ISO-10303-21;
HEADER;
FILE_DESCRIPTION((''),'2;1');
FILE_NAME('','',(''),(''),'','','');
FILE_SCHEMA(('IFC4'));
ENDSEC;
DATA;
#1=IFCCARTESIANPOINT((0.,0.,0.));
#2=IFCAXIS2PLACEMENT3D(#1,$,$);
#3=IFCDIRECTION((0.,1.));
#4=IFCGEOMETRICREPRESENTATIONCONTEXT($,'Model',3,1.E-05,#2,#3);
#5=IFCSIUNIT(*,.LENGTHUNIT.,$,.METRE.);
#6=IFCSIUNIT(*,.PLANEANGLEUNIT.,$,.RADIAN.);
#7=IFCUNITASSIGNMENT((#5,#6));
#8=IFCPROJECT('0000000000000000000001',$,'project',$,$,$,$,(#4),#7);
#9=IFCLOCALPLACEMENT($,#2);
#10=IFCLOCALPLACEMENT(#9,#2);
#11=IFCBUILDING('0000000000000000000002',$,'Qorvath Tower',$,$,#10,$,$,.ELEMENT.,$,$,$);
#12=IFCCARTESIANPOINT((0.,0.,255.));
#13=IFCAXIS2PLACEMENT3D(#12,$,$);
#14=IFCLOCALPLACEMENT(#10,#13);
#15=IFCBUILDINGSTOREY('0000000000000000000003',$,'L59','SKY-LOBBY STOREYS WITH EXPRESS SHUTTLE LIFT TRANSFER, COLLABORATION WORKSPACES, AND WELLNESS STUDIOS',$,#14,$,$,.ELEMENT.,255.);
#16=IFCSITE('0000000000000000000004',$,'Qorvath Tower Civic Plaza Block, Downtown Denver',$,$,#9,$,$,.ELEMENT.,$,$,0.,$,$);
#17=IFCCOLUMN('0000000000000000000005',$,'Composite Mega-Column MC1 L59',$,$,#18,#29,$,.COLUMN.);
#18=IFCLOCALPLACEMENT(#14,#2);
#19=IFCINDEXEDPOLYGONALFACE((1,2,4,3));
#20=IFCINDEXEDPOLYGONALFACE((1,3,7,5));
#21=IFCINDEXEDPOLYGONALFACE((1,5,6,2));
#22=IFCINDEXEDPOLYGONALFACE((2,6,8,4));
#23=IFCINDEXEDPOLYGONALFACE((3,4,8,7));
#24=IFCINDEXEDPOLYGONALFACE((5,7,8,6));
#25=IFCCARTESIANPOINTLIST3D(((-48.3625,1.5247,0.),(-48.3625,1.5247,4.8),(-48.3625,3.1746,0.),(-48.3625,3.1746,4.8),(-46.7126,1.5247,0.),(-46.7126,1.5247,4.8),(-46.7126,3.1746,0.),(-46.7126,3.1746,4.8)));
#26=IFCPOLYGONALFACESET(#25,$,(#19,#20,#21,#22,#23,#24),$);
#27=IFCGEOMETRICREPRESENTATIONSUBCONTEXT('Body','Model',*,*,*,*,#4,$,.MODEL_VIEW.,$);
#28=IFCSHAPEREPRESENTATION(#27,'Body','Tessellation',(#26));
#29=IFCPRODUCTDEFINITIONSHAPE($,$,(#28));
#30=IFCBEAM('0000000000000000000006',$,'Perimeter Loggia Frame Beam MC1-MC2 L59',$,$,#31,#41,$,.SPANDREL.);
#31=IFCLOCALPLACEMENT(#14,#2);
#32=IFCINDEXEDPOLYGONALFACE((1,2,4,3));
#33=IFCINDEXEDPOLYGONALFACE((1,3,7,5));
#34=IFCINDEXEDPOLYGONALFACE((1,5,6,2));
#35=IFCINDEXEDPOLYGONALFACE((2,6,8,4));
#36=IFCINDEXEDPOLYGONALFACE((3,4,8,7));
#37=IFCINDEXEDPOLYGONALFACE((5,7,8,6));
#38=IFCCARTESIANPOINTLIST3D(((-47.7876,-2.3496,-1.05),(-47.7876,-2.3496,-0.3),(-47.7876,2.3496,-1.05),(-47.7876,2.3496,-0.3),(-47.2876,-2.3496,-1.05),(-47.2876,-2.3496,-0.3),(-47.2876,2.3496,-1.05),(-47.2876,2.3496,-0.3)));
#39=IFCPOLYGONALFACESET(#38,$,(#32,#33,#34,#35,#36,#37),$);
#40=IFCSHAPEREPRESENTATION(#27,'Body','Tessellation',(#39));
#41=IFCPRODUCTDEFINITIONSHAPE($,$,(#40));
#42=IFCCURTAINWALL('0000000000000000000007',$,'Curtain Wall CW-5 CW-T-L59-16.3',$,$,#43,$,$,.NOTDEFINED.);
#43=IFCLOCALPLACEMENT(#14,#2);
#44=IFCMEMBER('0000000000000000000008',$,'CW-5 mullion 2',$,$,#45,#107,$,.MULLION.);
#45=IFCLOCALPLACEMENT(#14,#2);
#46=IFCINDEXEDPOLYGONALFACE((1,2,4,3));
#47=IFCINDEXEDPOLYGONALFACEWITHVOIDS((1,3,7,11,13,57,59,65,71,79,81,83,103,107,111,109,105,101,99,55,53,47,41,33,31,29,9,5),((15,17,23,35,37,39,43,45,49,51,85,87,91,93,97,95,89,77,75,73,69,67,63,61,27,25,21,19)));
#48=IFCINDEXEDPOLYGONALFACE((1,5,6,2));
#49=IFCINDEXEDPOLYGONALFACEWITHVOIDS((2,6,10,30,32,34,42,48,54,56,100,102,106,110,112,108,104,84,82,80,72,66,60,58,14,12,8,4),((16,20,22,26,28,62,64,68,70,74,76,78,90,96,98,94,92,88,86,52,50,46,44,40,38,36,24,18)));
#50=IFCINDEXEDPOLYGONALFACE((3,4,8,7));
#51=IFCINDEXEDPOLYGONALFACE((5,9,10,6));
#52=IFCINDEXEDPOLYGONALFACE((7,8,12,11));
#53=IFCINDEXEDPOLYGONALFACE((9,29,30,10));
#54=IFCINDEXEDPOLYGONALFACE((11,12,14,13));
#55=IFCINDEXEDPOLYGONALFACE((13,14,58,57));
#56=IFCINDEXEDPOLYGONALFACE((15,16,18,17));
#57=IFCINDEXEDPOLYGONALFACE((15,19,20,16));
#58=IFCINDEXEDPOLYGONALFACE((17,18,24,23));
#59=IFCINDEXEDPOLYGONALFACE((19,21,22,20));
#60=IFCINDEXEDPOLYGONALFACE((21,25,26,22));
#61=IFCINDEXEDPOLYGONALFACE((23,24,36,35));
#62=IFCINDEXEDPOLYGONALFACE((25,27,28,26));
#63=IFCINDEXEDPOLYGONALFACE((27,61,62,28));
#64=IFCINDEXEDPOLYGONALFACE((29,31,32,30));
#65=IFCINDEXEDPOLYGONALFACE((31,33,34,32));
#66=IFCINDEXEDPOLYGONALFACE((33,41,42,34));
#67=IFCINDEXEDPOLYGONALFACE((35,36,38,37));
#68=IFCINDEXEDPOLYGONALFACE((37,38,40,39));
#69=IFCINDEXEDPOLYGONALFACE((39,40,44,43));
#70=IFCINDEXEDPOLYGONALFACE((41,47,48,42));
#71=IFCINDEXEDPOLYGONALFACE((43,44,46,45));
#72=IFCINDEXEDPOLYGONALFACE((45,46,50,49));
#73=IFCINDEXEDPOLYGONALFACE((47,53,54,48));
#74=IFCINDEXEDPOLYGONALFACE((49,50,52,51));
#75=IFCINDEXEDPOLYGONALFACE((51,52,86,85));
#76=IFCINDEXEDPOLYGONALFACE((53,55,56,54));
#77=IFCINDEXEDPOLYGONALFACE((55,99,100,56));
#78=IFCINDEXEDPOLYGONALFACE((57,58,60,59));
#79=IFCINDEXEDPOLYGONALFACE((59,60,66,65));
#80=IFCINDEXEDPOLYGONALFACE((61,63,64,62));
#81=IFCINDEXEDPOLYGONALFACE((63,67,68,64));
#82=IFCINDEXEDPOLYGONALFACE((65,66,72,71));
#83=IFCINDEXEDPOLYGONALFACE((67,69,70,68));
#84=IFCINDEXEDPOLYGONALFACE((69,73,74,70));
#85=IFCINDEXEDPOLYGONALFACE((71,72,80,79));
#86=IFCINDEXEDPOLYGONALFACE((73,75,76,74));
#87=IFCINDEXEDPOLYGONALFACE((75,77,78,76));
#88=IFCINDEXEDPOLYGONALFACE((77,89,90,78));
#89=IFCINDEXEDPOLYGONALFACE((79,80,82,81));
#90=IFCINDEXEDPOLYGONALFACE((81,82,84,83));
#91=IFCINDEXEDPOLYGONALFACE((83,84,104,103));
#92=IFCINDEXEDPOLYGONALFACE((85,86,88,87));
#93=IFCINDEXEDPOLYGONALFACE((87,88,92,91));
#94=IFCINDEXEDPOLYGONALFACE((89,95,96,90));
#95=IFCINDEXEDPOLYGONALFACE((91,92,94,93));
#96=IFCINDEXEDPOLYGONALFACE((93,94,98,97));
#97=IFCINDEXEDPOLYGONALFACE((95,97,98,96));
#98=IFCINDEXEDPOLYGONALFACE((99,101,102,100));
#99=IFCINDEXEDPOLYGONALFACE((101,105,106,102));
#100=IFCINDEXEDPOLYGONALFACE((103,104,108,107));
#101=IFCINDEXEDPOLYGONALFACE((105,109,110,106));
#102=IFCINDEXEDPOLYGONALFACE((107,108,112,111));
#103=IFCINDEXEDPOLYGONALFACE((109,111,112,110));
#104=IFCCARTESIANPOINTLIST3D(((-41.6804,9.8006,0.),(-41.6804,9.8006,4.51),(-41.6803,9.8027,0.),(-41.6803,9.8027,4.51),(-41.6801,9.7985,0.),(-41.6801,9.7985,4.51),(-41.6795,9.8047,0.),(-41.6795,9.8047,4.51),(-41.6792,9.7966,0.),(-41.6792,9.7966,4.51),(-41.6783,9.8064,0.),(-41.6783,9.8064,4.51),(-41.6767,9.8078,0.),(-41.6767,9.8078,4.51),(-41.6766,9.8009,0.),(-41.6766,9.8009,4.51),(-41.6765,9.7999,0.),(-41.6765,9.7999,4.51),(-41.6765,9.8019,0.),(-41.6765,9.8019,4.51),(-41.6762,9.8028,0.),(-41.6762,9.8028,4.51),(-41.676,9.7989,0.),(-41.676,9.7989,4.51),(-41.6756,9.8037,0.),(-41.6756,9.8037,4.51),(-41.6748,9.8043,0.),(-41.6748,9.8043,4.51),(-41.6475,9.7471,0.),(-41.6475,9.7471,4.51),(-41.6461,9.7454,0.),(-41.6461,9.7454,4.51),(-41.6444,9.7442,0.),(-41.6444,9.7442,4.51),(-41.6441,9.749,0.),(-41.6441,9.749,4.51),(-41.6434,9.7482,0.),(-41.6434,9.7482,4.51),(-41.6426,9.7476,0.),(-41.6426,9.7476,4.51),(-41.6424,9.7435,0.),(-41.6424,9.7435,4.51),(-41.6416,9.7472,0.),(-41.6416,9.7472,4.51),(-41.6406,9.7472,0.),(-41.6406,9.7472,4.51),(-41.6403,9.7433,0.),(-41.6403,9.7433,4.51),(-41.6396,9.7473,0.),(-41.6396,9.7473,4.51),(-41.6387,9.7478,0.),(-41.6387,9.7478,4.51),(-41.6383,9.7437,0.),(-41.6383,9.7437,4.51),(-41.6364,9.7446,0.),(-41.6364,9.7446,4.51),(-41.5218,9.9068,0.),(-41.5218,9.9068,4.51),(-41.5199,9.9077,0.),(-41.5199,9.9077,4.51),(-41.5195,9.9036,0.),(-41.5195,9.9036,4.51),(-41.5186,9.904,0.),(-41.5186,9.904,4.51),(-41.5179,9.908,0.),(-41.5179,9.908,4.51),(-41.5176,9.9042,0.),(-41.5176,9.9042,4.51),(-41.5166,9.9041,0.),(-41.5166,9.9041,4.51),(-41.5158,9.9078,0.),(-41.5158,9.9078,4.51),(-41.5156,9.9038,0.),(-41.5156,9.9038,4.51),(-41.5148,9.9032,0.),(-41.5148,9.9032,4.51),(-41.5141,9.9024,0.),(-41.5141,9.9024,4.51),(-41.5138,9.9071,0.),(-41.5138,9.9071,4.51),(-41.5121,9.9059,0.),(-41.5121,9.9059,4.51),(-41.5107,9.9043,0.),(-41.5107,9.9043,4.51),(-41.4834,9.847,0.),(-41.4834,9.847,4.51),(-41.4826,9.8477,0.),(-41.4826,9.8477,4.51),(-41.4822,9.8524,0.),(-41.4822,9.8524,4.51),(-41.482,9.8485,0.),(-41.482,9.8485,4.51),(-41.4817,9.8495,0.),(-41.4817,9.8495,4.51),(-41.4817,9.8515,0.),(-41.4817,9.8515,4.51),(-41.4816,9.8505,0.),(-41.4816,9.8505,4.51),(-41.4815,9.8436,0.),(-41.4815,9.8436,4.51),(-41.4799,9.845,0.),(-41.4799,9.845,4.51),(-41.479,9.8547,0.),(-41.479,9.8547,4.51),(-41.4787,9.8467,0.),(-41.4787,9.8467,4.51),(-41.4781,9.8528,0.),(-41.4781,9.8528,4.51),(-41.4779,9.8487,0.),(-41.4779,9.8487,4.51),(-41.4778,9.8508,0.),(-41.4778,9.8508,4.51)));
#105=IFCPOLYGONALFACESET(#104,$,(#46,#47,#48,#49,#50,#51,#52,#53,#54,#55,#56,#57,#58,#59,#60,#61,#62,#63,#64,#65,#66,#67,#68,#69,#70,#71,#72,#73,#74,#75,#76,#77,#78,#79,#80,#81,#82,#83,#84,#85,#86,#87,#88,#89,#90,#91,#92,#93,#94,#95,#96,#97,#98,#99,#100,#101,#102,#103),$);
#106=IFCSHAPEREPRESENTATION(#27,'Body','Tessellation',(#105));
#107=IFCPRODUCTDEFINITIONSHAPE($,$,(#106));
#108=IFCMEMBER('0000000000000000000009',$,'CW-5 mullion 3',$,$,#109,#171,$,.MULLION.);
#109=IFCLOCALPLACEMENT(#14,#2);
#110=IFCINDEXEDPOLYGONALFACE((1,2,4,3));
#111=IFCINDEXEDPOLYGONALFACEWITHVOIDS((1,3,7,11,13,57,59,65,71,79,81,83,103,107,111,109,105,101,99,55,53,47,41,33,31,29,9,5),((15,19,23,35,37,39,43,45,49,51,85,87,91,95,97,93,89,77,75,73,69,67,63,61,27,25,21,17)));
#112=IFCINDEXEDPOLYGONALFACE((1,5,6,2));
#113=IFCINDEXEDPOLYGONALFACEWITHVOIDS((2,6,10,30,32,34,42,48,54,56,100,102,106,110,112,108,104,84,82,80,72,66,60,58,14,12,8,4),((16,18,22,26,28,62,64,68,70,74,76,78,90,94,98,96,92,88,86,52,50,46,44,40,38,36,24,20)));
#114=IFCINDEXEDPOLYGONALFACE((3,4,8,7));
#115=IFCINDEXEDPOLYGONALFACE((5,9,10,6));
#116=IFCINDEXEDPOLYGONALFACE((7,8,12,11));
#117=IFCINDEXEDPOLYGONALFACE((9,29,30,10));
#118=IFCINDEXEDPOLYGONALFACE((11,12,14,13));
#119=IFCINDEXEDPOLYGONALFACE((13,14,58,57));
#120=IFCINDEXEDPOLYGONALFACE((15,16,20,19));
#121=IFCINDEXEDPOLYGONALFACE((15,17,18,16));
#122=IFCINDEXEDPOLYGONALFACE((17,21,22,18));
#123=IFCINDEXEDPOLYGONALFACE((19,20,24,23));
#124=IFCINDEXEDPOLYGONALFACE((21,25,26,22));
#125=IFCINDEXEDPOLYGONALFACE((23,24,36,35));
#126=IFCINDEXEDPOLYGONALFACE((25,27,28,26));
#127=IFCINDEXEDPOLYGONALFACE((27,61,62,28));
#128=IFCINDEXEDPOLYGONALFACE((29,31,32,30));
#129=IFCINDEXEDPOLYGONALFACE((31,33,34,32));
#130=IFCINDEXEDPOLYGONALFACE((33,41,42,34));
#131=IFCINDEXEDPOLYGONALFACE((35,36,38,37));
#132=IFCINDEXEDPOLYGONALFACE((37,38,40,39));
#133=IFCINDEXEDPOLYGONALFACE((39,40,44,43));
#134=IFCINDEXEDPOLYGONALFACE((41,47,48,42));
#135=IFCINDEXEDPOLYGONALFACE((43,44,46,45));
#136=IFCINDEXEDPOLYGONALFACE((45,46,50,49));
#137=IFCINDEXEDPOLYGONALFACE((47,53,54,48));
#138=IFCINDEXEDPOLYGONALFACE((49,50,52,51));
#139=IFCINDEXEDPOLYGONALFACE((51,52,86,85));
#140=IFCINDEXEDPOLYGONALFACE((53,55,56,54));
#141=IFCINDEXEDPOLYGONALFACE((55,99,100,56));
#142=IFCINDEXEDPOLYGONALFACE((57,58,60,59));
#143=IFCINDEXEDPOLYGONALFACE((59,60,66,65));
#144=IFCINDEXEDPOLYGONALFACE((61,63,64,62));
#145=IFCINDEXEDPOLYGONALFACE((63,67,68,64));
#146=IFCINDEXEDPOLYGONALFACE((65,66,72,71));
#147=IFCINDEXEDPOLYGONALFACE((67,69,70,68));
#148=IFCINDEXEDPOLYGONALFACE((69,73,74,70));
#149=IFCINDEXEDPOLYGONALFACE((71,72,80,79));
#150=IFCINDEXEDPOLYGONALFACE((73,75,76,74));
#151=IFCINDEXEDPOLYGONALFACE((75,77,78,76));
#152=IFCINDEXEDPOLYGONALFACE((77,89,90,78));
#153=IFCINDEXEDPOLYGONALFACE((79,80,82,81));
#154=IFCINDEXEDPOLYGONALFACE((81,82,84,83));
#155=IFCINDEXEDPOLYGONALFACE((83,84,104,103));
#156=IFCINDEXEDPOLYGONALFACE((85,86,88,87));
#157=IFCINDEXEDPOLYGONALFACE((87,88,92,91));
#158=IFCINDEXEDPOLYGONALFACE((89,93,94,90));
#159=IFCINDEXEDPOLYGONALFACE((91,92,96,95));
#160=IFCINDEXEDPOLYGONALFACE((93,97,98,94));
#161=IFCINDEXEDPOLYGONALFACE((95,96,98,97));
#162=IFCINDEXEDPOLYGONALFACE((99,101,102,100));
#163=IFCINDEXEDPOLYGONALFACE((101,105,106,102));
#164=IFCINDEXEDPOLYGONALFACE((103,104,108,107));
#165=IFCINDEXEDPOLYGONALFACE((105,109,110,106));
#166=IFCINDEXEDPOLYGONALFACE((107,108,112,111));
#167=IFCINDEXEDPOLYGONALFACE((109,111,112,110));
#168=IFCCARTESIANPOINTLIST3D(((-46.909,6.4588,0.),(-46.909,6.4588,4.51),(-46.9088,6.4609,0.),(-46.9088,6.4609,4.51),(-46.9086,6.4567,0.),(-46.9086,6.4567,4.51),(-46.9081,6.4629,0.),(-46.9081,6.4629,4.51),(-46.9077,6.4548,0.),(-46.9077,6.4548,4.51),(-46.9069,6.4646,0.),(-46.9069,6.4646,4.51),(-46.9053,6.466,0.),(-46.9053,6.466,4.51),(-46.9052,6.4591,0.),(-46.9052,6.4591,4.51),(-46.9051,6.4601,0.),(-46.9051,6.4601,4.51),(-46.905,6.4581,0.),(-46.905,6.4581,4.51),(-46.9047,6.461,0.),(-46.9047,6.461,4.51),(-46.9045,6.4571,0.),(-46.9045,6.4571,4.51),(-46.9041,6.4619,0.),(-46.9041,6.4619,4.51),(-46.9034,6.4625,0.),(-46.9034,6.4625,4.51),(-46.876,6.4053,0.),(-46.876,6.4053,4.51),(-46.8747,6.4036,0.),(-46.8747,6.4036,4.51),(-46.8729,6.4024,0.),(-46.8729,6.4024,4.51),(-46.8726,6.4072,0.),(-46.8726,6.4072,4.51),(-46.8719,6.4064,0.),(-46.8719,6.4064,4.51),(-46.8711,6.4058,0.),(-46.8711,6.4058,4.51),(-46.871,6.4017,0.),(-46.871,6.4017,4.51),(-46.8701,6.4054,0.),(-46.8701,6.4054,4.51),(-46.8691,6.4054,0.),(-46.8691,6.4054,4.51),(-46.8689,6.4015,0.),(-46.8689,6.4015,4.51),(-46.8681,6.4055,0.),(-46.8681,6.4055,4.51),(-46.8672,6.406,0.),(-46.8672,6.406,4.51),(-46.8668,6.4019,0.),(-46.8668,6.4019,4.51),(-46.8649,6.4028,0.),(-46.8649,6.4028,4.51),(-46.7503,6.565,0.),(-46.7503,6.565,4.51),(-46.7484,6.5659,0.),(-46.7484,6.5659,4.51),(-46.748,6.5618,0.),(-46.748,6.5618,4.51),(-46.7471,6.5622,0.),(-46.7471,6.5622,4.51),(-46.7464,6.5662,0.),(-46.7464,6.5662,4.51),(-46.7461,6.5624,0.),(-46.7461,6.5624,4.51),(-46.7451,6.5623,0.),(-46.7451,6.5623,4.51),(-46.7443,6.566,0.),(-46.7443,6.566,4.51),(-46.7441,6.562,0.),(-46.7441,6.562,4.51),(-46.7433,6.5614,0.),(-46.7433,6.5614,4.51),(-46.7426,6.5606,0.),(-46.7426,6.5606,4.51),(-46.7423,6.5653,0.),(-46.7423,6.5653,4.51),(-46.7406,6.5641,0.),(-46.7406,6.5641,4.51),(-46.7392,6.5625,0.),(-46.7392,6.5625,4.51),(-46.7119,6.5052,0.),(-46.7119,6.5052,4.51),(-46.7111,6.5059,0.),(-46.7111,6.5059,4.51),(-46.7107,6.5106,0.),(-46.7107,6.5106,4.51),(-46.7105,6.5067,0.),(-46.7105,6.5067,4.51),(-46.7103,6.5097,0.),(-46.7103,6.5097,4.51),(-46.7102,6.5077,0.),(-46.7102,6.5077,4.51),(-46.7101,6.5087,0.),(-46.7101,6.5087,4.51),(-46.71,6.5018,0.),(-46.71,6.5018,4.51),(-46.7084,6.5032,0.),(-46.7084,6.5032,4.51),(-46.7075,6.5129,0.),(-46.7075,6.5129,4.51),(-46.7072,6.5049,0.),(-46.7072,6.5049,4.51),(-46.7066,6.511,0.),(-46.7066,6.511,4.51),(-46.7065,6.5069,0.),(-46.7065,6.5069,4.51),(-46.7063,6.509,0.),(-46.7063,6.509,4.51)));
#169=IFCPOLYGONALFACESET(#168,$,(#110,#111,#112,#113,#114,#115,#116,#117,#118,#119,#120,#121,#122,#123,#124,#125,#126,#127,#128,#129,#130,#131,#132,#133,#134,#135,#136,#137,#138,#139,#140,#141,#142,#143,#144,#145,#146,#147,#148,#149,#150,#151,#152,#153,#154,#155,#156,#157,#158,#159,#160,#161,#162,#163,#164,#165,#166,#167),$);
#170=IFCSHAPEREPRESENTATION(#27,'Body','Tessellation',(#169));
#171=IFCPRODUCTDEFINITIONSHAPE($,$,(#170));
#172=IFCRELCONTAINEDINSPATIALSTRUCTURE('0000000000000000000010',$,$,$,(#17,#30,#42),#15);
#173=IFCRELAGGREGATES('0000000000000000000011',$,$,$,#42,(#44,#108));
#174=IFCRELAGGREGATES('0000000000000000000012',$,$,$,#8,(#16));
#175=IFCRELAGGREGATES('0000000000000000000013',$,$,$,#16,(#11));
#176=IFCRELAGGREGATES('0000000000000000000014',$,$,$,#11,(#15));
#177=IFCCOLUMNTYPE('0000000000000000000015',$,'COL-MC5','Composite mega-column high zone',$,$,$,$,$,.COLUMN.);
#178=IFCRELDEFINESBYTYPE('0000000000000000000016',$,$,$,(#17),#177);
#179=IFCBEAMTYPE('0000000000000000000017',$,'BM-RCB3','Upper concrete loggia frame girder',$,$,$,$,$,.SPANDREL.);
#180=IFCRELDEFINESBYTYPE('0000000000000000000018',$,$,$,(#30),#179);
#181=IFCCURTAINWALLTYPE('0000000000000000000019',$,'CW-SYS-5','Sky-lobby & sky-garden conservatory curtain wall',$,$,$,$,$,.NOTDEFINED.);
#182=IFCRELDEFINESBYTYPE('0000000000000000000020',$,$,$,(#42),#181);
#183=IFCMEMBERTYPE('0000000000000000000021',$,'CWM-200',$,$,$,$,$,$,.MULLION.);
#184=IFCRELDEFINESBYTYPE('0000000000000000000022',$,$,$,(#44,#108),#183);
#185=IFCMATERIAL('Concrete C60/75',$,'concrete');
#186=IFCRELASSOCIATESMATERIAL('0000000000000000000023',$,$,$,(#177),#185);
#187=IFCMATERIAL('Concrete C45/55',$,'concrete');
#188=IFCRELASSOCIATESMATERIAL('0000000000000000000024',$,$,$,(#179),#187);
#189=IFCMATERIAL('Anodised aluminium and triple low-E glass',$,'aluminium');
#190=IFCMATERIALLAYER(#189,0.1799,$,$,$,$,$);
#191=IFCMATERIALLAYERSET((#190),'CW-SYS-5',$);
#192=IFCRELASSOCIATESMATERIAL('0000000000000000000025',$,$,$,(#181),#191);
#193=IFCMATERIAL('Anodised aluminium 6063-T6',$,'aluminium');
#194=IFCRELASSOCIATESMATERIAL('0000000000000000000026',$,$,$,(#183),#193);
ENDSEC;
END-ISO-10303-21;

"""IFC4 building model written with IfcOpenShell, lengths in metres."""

from ifc_helpers import new_model, si_unit, direction, frame, origin, origin_2d, place, context, subcontext, project, spatial, rectangle, hollow_rectangle, extrude, material, layer, layer_set, material_profile, profile_set, type_object, element, aggregate, save


model = new_model("IFC4")

# Units and contexts
model_context = context("Model", 3, precision=1e-05, world=origin(), true_north=direction((0.0, 1.0)))
body_context = subcontext(model_context, "Body", "Model", "MODEL_VIEW")
ifc_project = project(units=[si_unit("LENGTHUNIT", "METRE"), si_unit("PLANEANGLEUNIT", "RADIAN")], contexts=[model_context])

# Site, building, storey
site_placement = place(None, origin())
site = spatial("IfcSite", under=ifc_project, at=site_placement, Name="Qorvath Tower Civic Plaza Block, Downtown Denver", CompositionType="ELEMENT", RefElevation=0.0)
building_placement = place(site_placement, origin())
building = spatial("IfcBuilding", under=site, at=building_placement, Name="Qorvath Tower", CompositionType="ELEMENT")
storey_placement = place(building_placement, frame((0.0, 0.0, 255.0)))
storey = spatial("IfcBuildingStorey", under=building, at=storey_placement, Name="L59", Description="SKY-LOBBY STOREYS WITH EXPRESS SHUTTLE LIFT TRANSFER, COLLABORATION WORKSPACES, AND WELLNESS STUDIOS", CompositionType="ELEMENT", Elevation=255.0)

# Column
ifc_material_1 = material(Name="Concrete C60/75", Category="concrete")
ifc_material_profile_1 = material_profile(ifc_material_1, rectangle(XDim=1.6499, YDim=1.6499, at=origin_2d()), Name="MC 1650x1650")
ifc_profile_set_1 = profile_set([ifc_material_profile_1], Name="Concrete C60/75")
column_type = type_object("IfcColumnType", Name="COL-MC5", Description="Composite mega-column high zone", PredefinedType="COLUMN", material=ifc_profile_set_1)
column_placement = place(storey_placement, frame((-47.5376, 2.3496, 0.0), z_axis=(0.0, 0.0, 1.0), x_axis=(1.0, 0.0, 0.0)))
element("IfcColumn", 1, at=column_placement, inside=storey, type_object=column_type, Name="Composite Mega-Column MC1 L59", PredefinedType="COLUMN", context=body_context, shape_type="SweptSolid", body=[
    extrude(rectangle(XDim=1.6499, YDim=1.6499, at=origin_2d()), origin(), (0.0, 0.0, 1.0), 4.8),
])

# Beam
ifc_material_2 = material(Name="Concrete C45/55", Category="concrete")
ifc_material_profile_2 = material_profile(ifc_material_2, rectangle(XDim=0.5, YDim=0.75, at=origin_2d()), Name="RCB 750x500")
ifc_profile_set_2 = profile_set([ifc_material_profile_2], Name="Concrete C45/55")
beam_type = type_object("IfcBeamType", Name="BM-RCB3", Description="Upper concrete loggia frame girder", PredefinedType="SPANDREL", material=ifc_profile_set_2)
beam_placement = place(storey_placement, frame((-47.5376, 2.3496, -0.675), z_axis=(0.0, -1.0, 0.0), x_axis=(1.0, 0.0, 0.0)))
element("IfcBeam", 2, at=beam_placement, inside=storey, type_object=beam_type, Name="Perimeter Loggia Frame Beam MC1-MC2 L59", PredefinedType="SPANDREL", context=body_context, shape_type="SweptSolid", body=[
    extrude(rectangle(XDim=0.5, YDim=0.75, at=origin_2d()), origin(), (0.0, 0.0, 1.0), 4.6992),
])

# Curtain wall, members
ifc_material_3 = material(Name="Anodised aluminium and triple low-E glass", Category="aluminium")
ifc_layer_1 = layer(ifc_material_3, 0.1799)
ifc_layer_set_1 = layer_set([ifc_layer_1], Name="CW-SYS-5")
curtain_wall_type = type_object("IfcCurtainWallType", Name="CW-SYS-5", Description="Sky-lobby & sky-garden conservatory curtain wall", PredefinedType="NOTDEFINED", material=ifc_layer_set_1)
curtain_wall_placement = place(storey_placement, origin())
curtain_wall = element("IfcCurtainWall", 3, at=curtain_wall_placement, inside=storey, type_object=curtain_wall_type, Name="Curtain Wall CW-5 CW-T-L59-16.3", PredefinedType="NOTDEFINED")
ifc_material_4 = material(Name="Anodised aluminium 6063-T6", Category="aluminium")
ifc_material_profile_3 = material_profile(ifc_material_4, hollow_rectangle(XDim=0.075, YDim=0.2, WallThickness=0.0039, InnerFilletRadius=0.0039, OuterFilletRadius=0.0081, at=origin_2d()), Name="CWM 200x75")
ifc_profile_set_3 = profile_set([ifc_material_profile_3], Name="Anodised aluminium 6063-T6")
member_type_1 = type_object("IfcMemberType", Name="CWM-200", PredefinedType="MULLION", material=ifc_profile_set_3)
member_1_placement = place(storey_placement, frame((-41.5791, 9.8257, 0.0), z_axis=(0.0, 0.0, 1.0), x_axis=(0.538527, -0.842608, 0.0)))
member_1 = element("IfcMember", 4, at=member_1_placement, type_object=member_type_1, Name="CW-5 mullion 2", PredefinedType="MULLION", context=body_context, shape_type="SweptSolid", body=[
    extrude(hollow_rectangle(XDim=0.075, YDim=0.2, WallThickness=0.0039, InnerFilletRadius=0.0039, OuterFilletRadius=0.0081, at=origin_2d()), origin(), (0.0, 0.0, 1.0), 4.51),
])
member_2_placement = place(storey_placement, frame((-46.8076, 6.4839, 0.0), z_axis=(0.0, 0.0, 1.0), x_axis=(0.538527, -0.842608, 0.0)))
member_2 = element("IfcMember", 5, at=member_2_placement, type_object=member_type_1, Name="CW-5 mullion 3", PredefinedType="MULLION", context=body_context, shape_type="SweptSolid", body=[
    extrude(hollow_rectangle(XDim=0.075, YDim=0.2, WallThickness=0.0039, InnerFilletRadius=0.0039, OuterFilletRadius=0.0081, at=origin_2d()), origin(), (0.0, 0.0, 1.0), 4.51),
])
aggregate(curtain_wall, [member_1, member_2])

save(model, "model.ifc")
